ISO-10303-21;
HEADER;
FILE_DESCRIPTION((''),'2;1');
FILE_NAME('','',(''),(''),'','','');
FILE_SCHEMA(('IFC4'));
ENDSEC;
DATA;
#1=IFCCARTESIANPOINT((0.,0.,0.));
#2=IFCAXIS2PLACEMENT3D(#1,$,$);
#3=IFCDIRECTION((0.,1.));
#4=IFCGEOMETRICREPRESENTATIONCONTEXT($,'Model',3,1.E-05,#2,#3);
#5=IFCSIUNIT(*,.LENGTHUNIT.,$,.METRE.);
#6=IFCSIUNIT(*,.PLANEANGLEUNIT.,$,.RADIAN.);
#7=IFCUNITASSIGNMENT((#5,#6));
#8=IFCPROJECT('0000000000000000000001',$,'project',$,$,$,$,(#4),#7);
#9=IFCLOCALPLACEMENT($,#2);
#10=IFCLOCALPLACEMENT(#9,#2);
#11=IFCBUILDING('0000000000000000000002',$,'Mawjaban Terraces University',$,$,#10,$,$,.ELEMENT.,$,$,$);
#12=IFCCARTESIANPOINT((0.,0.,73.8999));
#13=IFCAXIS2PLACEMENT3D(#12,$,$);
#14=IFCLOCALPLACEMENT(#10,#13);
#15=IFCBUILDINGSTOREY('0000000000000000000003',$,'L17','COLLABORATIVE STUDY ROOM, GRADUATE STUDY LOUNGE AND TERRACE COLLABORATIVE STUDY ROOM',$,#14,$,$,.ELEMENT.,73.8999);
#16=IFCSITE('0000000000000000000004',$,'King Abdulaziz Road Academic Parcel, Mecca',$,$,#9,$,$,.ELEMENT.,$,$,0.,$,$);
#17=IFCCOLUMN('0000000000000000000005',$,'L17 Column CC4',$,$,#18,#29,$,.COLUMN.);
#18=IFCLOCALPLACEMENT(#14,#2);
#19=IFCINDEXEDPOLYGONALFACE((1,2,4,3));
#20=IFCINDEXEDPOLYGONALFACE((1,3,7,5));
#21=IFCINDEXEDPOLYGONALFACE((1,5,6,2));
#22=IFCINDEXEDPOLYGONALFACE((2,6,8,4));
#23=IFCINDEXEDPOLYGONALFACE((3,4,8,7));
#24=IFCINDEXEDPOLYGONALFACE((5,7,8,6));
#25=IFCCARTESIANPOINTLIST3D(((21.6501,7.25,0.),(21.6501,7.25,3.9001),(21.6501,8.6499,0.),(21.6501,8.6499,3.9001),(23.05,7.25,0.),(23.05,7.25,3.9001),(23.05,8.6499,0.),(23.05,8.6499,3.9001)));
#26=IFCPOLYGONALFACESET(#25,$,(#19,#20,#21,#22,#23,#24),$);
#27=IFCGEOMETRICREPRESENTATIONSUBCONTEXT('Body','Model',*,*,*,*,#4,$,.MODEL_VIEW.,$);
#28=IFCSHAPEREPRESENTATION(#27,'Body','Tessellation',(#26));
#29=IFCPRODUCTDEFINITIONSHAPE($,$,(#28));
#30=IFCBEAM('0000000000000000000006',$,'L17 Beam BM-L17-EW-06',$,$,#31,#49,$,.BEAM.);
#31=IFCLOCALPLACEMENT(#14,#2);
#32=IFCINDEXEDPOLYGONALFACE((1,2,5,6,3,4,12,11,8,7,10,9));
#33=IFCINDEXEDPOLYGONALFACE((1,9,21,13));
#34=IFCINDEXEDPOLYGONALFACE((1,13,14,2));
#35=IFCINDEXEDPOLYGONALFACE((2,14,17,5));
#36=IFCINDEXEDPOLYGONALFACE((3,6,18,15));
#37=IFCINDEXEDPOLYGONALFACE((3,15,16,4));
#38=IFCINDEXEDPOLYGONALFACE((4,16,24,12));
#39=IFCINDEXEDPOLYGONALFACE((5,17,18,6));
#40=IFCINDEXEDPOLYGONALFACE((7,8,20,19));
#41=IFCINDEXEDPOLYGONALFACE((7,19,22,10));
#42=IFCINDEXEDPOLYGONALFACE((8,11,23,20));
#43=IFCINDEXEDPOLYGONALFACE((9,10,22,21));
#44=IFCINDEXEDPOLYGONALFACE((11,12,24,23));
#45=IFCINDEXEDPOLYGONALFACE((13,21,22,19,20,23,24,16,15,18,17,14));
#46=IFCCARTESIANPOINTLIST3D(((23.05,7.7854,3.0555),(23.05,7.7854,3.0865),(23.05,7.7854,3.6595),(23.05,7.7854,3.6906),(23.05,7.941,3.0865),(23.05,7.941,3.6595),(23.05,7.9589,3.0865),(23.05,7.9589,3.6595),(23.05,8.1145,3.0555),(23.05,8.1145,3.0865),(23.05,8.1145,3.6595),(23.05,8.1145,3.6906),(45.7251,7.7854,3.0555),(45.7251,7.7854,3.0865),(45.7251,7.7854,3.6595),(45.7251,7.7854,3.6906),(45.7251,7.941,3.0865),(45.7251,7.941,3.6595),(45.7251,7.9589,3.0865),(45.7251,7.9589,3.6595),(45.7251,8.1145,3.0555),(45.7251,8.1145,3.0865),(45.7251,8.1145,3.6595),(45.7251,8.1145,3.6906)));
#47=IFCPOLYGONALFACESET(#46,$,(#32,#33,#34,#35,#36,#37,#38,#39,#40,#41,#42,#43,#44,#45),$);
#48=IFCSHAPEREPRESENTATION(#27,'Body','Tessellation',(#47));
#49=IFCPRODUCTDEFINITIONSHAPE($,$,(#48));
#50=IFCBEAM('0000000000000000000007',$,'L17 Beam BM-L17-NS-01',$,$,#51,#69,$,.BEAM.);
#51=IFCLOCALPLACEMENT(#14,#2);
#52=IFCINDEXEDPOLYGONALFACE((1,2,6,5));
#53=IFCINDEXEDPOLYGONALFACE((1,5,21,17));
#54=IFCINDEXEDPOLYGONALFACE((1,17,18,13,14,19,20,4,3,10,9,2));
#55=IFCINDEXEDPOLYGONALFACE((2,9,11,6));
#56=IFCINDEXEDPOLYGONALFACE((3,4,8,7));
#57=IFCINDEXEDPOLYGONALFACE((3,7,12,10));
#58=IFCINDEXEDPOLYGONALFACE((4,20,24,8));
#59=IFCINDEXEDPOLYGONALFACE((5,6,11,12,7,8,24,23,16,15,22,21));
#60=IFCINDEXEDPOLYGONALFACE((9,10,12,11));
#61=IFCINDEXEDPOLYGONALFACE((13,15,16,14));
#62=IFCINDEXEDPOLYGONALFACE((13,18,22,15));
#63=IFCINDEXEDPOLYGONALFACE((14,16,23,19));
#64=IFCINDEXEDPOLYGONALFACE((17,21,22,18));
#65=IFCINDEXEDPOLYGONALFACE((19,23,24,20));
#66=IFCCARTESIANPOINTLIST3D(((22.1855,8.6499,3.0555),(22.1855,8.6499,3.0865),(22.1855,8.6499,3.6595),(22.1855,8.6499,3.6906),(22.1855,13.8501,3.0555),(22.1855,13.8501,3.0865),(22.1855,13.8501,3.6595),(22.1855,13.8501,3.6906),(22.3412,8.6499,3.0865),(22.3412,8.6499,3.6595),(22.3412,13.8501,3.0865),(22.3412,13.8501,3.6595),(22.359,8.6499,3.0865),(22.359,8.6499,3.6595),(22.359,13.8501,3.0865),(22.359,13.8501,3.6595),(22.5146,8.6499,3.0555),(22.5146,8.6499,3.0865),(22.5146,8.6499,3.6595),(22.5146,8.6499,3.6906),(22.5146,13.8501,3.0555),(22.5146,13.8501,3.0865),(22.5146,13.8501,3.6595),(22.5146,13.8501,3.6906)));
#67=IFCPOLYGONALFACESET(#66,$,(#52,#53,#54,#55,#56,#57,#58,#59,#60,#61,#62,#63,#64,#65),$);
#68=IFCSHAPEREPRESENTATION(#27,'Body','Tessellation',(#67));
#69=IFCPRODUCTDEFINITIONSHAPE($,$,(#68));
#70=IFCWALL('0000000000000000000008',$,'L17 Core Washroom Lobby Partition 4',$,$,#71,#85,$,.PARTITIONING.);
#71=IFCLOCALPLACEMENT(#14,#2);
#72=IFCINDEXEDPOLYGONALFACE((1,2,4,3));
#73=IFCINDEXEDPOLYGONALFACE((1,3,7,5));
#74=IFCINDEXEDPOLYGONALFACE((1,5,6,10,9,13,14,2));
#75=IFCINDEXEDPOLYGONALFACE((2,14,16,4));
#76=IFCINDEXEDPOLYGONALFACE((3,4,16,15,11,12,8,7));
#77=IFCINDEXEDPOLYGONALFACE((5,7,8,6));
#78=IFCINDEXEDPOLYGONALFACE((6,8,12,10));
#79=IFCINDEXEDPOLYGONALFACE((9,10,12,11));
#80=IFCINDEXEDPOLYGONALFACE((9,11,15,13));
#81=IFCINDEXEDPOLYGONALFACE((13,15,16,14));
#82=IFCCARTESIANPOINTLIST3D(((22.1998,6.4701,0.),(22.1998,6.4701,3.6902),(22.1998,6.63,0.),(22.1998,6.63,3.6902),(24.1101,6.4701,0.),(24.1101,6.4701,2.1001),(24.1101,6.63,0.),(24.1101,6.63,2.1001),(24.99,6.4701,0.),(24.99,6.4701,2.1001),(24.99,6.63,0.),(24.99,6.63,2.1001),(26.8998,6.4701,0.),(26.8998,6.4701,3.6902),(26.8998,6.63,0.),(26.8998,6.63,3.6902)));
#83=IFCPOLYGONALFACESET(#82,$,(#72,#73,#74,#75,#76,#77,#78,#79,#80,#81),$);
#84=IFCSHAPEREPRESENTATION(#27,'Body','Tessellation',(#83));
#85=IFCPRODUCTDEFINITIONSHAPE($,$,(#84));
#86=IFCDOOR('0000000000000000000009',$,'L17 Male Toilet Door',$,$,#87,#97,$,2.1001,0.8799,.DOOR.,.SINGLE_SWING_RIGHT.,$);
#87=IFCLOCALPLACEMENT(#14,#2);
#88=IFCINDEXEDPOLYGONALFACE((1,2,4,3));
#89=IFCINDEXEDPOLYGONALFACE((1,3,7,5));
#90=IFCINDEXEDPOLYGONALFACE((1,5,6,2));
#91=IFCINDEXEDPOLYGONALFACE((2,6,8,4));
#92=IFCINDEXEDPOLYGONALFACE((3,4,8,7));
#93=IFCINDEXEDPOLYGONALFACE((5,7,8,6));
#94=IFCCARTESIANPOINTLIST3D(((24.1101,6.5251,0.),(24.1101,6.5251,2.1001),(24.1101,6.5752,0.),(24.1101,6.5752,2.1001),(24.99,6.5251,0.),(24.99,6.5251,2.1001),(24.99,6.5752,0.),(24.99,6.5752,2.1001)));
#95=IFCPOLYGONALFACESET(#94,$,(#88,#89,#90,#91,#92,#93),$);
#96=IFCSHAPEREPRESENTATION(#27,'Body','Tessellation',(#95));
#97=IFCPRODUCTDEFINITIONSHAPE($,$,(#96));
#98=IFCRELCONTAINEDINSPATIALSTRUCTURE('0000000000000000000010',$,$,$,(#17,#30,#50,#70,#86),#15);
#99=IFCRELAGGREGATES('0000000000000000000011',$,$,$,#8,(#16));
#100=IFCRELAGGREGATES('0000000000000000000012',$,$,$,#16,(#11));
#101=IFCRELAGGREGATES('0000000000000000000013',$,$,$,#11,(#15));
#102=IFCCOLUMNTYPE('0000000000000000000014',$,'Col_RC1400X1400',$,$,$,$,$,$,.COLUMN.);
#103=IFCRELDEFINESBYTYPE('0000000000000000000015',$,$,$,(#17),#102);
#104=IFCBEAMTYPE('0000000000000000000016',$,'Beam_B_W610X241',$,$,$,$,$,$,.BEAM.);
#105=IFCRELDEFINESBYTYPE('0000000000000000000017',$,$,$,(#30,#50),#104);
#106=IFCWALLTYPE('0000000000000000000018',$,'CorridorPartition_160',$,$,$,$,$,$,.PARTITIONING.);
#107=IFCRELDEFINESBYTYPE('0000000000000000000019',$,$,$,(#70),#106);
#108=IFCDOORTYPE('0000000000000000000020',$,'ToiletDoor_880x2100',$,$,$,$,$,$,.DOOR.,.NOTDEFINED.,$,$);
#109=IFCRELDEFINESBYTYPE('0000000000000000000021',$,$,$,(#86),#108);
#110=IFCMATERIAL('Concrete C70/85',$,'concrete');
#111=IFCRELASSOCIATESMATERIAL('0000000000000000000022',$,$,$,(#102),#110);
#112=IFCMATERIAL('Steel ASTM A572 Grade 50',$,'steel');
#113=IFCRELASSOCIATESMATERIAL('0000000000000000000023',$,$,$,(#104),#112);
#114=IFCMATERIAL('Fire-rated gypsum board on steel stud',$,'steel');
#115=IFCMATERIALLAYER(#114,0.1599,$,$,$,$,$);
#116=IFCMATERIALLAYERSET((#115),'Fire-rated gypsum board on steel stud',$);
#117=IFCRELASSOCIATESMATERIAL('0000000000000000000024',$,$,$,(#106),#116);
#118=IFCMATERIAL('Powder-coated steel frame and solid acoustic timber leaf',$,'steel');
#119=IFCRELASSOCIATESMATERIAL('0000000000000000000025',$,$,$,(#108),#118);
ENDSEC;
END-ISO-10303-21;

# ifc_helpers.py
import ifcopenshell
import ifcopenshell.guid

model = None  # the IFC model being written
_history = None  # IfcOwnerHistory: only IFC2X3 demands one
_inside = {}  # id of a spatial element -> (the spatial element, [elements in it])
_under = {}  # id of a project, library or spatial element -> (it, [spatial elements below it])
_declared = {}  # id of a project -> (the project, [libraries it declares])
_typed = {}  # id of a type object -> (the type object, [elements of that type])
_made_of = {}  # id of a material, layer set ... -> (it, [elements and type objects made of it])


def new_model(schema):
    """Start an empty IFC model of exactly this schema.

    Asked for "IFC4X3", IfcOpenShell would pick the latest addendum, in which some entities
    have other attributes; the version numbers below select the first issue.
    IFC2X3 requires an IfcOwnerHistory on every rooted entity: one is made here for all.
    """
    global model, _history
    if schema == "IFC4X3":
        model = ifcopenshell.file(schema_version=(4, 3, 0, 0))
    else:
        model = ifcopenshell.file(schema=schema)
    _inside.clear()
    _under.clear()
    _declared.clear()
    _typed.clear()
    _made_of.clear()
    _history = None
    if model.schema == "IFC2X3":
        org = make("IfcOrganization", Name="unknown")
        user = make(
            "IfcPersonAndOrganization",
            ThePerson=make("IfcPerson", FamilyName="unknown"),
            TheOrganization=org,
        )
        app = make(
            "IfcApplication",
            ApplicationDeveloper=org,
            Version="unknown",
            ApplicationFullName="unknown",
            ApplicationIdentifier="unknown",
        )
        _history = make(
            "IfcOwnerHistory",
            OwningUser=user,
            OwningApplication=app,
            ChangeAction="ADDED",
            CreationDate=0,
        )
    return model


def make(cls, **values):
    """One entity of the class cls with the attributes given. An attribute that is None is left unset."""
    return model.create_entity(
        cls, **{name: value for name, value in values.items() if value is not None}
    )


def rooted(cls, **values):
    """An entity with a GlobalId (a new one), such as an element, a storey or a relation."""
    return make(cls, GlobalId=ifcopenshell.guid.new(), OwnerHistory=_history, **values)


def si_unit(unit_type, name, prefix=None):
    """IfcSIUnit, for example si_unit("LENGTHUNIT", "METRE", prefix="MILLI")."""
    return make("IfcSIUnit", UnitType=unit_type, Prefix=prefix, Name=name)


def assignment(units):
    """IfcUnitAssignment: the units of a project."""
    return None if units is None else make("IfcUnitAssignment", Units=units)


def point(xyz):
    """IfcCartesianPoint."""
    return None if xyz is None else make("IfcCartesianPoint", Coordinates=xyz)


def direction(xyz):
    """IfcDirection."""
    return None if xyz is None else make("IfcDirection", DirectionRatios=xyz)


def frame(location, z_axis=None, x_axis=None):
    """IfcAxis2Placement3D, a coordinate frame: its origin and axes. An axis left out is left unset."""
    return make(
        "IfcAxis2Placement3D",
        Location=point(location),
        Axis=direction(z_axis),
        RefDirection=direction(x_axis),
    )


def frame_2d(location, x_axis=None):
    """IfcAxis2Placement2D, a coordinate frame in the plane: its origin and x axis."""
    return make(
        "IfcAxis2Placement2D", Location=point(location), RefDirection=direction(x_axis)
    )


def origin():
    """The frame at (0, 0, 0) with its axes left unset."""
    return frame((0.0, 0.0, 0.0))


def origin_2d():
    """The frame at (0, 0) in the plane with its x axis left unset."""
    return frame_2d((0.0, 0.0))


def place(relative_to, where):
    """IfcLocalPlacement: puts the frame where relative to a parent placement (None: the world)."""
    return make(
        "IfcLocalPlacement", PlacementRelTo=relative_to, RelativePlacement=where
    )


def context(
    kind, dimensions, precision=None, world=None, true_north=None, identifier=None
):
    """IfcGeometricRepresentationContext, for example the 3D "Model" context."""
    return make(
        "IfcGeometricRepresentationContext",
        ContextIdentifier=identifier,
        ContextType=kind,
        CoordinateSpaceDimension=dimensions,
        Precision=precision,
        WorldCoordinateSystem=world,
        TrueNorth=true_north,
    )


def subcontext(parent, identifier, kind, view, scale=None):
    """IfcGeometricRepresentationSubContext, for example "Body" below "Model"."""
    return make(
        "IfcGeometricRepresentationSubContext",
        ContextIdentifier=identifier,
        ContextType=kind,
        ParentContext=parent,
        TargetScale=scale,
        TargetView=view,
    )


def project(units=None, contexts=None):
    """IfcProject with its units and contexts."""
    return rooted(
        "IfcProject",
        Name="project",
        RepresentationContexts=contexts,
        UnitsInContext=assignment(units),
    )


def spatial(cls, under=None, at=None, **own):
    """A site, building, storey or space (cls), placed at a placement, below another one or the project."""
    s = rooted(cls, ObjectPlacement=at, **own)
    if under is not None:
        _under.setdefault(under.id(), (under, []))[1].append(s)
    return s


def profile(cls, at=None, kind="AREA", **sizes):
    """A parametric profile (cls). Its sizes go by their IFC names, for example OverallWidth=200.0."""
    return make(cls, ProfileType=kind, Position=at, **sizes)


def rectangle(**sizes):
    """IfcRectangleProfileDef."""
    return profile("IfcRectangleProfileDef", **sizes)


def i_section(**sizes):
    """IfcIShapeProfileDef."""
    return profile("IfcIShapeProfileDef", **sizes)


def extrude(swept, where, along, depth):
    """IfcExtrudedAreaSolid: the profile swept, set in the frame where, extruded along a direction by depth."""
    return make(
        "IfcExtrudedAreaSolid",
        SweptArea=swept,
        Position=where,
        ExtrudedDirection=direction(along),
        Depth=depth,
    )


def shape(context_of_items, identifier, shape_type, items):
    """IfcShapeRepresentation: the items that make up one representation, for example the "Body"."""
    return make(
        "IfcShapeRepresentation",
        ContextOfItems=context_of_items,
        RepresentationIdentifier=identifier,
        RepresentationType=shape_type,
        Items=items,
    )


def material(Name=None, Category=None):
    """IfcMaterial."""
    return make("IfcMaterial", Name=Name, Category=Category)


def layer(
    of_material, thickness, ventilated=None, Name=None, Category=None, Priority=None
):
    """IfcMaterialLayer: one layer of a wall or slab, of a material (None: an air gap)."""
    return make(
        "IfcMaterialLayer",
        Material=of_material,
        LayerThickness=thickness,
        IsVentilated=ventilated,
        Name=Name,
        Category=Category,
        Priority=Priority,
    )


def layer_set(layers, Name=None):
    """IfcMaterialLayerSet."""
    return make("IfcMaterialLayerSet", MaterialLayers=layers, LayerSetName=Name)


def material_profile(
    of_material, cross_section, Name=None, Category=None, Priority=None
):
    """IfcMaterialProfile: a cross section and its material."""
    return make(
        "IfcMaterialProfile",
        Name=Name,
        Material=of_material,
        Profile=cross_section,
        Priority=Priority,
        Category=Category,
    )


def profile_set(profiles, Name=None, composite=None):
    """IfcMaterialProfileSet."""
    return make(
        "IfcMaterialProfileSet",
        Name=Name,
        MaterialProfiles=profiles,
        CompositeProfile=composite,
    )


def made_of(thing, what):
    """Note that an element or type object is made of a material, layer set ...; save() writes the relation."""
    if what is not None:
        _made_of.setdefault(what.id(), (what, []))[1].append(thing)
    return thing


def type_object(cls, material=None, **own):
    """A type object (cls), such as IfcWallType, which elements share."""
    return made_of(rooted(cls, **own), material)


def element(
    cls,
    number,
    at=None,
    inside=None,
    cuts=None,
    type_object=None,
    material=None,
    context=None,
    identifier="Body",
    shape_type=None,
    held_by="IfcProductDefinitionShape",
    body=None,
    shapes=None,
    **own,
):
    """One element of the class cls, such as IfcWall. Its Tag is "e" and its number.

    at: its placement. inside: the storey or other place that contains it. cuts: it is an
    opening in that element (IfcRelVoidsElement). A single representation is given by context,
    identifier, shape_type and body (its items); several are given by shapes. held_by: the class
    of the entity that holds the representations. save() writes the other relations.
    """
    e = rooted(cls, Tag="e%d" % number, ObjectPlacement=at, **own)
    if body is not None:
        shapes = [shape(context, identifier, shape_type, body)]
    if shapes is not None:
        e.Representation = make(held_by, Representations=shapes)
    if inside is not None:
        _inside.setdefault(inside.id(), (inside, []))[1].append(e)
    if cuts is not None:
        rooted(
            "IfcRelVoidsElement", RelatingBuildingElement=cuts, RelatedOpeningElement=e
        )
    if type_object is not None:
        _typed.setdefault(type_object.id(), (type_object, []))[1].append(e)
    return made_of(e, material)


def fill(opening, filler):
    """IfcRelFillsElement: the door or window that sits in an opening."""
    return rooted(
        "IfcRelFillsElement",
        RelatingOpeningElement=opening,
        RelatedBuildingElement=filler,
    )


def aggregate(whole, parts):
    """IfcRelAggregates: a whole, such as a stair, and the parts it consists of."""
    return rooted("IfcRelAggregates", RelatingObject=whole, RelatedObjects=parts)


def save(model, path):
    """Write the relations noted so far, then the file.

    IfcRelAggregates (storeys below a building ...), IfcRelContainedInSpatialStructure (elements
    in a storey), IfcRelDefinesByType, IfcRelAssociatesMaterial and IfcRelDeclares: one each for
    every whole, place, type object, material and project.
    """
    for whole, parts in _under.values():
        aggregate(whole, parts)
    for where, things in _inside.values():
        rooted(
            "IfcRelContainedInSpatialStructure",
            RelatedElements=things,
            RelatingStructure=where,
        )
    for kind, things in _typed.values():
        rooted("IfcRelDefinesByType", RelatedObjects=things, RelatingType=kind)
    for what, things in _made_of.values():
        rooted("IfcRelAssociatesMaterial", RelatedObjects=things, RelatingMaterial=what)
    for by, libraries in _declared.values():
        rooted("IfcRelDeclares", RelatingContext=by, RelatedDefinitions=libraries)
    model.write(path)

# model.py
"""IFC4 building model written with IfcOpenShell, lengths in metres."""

from ifc_helpers import new_model, si_unit, direction, frame, frame_2d, origin, origin_2d, place, context, subcontext, project, spatial, rectangle, i_section, extrude, material, layer, layer_set, material_profile, profile_set, type_object, element, fill, save


model = new_model("IFC4")

# Units and contexts
model_context = context("Model", 3, precision=1e-05, world=origin(), true_north=direction((0.0, 1.0)))
body_context = subcontext(model_context, "Body", "Model", "MODEL_VIEW")
ifc_project = project(units=[si_unit("LENGTHUNIT", "METRE"), si_unit("PLANEANGLEUNIT", "RADIAN")], contexts=[model_context])

# Site, building, storey
site_placement = place(None, origin())
site = spatial("IfcSite", under=ifc_project, at=site_placement, Name="King Abdulaziz Road Academic Parcel, Mecca", CompositionType="ELEMENT", RefElevation=0.0)
building_placement = place(site_placement, origin())
building = spatial("IfcBuilding", under=site, at=building_placement, Name="Mawjaban Terraces University", CompositionType="ELEMENT")
storey_placement = place(building_placement, frame((0.0, 0.0, 73.8999)))
storey = spatial("IfcBuildingStorey", under=building, at=storey_placement, Name="L17", Description="COLLABORATIVE STUDY ROOM, GRADUATE STUDY LOUNGE AND TERRACE COLLABORATIVE STUDY ROOM", CompositionType="ELEMENT", Elevation=73.8999)

# Column
ifc_material_1 = material(Name="Concrete C70/85", Category="concrete")
ifc_material_profile_1 = material_profile(ifc_material_1, rectangle(XDim=1.3999, YDim=1.3999, at=origin_2d()), Name="RC1400X1400")
ifc_profile_set_1 = profile_set([ifc_material_profile_1], Name="Concrete C70/85")
column_type = type_object("IfcColumnType", Name="Col_RC1400X1400", PredefinedType="COLUMN", material=ifc_profile_set_1)
column_placement = place(storey_placement, frame((22.3501, 7.95, 0.0), z_axis=(0.0, 0.0, 1.0), x_axis=(1.0, 0.0, 0.0)))
element("IfcColumn", 1, at=column_placement, inside=storey, type_object=column_type, Name="L17 Column CC4", PredefinedType="COLUMN", context=body_context, shape_type="SweptSolid", body=[
    extrude(rectangle(XDim=1.3999, YDim=1.3999, at=origin_2d()), origin(), (0.0, 0.0, 1.0), 3.9001),
])

# Beams
ifc_material_2 = material(Name="Steel ASTM A572 Grade 50", Category="steel")
ifc_material_profile_2 = material_profile(ifc_material_2, i_section(OverallWidth=0.3291, OverallDepth=0.635, WebThickness=0.0178, FlangeThickness=0.031, at=origin_2d()), Name="W610X241")
ifc_profile_set_2 = profile_set([ifc_material_profile_2], Name="Steel ASTM A572 Grade 50")
beam_type = type_object("IfcBeamType", Name="Beam_B_W610X241", PredefinedType="BEAM", material=ifc_profile_set_2)
beam_1_placement = place(storey_placement, frame((23.05, 7.95, 3.373), z_axis=(1.0, 0.0, 0.0), x_axis=(0.0, 1.0, 0.0)))
element("IfcBeam", 2, at=beam_1_placement, inside=storey, type_object=beam_type, Name="L17 Beam BM-L17-EW-06", PredefinedType="BEAM", context=body_context, shape_type="SweptSolid", body=[
    extrude(i_section(OverallWidth=0.3291, OverallDepth=0.635, WebThickness=0.0178, FlangeThickness=0.031, at=origin_2d()), origin(), (0.0, 0.0, 1.0), 22.675),
])
beam_2_placement = place(storey_placement, frame((22.3501, 8.6499, 3.373), z_axis=(0.0, 1.0, 0.0), x_axis=(-1.0, 0.0, 0.0)))
element("IfcBeam", 3, at=beam_2_placement, inside=storey, type_object=beam_type, Name="L17 Beam BM-L17-NS-01", PredefinedType="BEAM", context=body_context, shape_type="SweptSolid", body=[
    extrude(i_section(OverallWidth=0.3291, OverallDepth=0.635, WebThickness=0.0178, FlangeThickness=0.031, at=origin_2d()), origin(), (0.0, 0.0, 1.0), 5.2002),
])

# Wall, opening, door
ifc_material_3 = material(Name="Fire-rated gypsum board on steel stud", Category="steel")
ifc_layer_1 = layer(ifc_material_3, 0.1599)
ifc_layer_set_1 = layer_set([ifc_layer_1], Name="Fire-rated gypsum board on steel stud")
wall_type_1 = type_object("IfcWallType", Name="CorridorPartition_160", PredefinedType="PARTITIONING", material=ifc_layer_set_1)
wall_1_placement = place(storey_placement, frame((26.8999, 6.55, 0.0), z_axis=(0.0, 0.0, 1.0), x_axis=(-1.0, 0.0, 0.0)))
wall_1 = element("IfcWall", 4, at=wall_1_placement, inside=storey, type_object=wall_type_1, Name="L17 Core Washroom Lobby Partition 4", PredefinedType="PARTITIONING", context=body_context, shape_type="SweptSolid", body=[
    extrude(rectangle(XDim=4.7, YDim=0.1599, at=frame_2d((2.3501, 0.0))), origin(), (0.0, 0.0, 1.0), 3.6902),
])
opening_1_placement = place(wall_1_placement, frame((1.9099, 0.0, 0.0)))
opening_1 = element("IfcOpeningElement", 5, at=opening_1_placement, cuts=wall_1, PredefinedType="OPENING", context=body_context, shape_type="SweptSolid", body=[
    extrude(rectangle(XDim=0.8799, YDim=2.1001, at=frame_2d((0.4399, 1.05))), frame((0.0, 0.0898, 0.0), z_axis=(0.0, -1.0, 0.0), x_axis=(1.0, 0.0, 0.0)), (0.0, 0.0, 1.0), 0.1799),
])
ifc_material_4 = material(Name="Powder-coated steel frame and solid acoustic timber leaf", Category="steel")
door_type = type_object("IfcDoorType", Name="ToiletDoor_880x2100", OperationType="NOTDEFINED", PredefinedType="DOOR", material=ifc_material_4)
door_placement = place(opening_1_placement, origin())
door = element("IfcDoor", 6, at=door_placement, inside=storey, type_object=door_type, Name="L17 Male Toilet Door", OperationType="SINGLE_SWING_RIGHT", OverallHeight=2.1001, OverallWidth=0.8799, PredefinedType="DOOR", context=body_context, shape_type="SweptSolid", body=[
    extrude(rectangle(XDim=0.8799, YDim=2.1001, at=frame_2d((0.4399, 1.05))), frame((0.0, 0.0249, 0.0), z_axis=(0.0, -1.0, 0.0), x_axis=(1.0, 0.0, 0.0)), (0.0, 0.0, 1.0), 0.05),
])
fill(opening_1, door)

save(model, "model.ifc")
